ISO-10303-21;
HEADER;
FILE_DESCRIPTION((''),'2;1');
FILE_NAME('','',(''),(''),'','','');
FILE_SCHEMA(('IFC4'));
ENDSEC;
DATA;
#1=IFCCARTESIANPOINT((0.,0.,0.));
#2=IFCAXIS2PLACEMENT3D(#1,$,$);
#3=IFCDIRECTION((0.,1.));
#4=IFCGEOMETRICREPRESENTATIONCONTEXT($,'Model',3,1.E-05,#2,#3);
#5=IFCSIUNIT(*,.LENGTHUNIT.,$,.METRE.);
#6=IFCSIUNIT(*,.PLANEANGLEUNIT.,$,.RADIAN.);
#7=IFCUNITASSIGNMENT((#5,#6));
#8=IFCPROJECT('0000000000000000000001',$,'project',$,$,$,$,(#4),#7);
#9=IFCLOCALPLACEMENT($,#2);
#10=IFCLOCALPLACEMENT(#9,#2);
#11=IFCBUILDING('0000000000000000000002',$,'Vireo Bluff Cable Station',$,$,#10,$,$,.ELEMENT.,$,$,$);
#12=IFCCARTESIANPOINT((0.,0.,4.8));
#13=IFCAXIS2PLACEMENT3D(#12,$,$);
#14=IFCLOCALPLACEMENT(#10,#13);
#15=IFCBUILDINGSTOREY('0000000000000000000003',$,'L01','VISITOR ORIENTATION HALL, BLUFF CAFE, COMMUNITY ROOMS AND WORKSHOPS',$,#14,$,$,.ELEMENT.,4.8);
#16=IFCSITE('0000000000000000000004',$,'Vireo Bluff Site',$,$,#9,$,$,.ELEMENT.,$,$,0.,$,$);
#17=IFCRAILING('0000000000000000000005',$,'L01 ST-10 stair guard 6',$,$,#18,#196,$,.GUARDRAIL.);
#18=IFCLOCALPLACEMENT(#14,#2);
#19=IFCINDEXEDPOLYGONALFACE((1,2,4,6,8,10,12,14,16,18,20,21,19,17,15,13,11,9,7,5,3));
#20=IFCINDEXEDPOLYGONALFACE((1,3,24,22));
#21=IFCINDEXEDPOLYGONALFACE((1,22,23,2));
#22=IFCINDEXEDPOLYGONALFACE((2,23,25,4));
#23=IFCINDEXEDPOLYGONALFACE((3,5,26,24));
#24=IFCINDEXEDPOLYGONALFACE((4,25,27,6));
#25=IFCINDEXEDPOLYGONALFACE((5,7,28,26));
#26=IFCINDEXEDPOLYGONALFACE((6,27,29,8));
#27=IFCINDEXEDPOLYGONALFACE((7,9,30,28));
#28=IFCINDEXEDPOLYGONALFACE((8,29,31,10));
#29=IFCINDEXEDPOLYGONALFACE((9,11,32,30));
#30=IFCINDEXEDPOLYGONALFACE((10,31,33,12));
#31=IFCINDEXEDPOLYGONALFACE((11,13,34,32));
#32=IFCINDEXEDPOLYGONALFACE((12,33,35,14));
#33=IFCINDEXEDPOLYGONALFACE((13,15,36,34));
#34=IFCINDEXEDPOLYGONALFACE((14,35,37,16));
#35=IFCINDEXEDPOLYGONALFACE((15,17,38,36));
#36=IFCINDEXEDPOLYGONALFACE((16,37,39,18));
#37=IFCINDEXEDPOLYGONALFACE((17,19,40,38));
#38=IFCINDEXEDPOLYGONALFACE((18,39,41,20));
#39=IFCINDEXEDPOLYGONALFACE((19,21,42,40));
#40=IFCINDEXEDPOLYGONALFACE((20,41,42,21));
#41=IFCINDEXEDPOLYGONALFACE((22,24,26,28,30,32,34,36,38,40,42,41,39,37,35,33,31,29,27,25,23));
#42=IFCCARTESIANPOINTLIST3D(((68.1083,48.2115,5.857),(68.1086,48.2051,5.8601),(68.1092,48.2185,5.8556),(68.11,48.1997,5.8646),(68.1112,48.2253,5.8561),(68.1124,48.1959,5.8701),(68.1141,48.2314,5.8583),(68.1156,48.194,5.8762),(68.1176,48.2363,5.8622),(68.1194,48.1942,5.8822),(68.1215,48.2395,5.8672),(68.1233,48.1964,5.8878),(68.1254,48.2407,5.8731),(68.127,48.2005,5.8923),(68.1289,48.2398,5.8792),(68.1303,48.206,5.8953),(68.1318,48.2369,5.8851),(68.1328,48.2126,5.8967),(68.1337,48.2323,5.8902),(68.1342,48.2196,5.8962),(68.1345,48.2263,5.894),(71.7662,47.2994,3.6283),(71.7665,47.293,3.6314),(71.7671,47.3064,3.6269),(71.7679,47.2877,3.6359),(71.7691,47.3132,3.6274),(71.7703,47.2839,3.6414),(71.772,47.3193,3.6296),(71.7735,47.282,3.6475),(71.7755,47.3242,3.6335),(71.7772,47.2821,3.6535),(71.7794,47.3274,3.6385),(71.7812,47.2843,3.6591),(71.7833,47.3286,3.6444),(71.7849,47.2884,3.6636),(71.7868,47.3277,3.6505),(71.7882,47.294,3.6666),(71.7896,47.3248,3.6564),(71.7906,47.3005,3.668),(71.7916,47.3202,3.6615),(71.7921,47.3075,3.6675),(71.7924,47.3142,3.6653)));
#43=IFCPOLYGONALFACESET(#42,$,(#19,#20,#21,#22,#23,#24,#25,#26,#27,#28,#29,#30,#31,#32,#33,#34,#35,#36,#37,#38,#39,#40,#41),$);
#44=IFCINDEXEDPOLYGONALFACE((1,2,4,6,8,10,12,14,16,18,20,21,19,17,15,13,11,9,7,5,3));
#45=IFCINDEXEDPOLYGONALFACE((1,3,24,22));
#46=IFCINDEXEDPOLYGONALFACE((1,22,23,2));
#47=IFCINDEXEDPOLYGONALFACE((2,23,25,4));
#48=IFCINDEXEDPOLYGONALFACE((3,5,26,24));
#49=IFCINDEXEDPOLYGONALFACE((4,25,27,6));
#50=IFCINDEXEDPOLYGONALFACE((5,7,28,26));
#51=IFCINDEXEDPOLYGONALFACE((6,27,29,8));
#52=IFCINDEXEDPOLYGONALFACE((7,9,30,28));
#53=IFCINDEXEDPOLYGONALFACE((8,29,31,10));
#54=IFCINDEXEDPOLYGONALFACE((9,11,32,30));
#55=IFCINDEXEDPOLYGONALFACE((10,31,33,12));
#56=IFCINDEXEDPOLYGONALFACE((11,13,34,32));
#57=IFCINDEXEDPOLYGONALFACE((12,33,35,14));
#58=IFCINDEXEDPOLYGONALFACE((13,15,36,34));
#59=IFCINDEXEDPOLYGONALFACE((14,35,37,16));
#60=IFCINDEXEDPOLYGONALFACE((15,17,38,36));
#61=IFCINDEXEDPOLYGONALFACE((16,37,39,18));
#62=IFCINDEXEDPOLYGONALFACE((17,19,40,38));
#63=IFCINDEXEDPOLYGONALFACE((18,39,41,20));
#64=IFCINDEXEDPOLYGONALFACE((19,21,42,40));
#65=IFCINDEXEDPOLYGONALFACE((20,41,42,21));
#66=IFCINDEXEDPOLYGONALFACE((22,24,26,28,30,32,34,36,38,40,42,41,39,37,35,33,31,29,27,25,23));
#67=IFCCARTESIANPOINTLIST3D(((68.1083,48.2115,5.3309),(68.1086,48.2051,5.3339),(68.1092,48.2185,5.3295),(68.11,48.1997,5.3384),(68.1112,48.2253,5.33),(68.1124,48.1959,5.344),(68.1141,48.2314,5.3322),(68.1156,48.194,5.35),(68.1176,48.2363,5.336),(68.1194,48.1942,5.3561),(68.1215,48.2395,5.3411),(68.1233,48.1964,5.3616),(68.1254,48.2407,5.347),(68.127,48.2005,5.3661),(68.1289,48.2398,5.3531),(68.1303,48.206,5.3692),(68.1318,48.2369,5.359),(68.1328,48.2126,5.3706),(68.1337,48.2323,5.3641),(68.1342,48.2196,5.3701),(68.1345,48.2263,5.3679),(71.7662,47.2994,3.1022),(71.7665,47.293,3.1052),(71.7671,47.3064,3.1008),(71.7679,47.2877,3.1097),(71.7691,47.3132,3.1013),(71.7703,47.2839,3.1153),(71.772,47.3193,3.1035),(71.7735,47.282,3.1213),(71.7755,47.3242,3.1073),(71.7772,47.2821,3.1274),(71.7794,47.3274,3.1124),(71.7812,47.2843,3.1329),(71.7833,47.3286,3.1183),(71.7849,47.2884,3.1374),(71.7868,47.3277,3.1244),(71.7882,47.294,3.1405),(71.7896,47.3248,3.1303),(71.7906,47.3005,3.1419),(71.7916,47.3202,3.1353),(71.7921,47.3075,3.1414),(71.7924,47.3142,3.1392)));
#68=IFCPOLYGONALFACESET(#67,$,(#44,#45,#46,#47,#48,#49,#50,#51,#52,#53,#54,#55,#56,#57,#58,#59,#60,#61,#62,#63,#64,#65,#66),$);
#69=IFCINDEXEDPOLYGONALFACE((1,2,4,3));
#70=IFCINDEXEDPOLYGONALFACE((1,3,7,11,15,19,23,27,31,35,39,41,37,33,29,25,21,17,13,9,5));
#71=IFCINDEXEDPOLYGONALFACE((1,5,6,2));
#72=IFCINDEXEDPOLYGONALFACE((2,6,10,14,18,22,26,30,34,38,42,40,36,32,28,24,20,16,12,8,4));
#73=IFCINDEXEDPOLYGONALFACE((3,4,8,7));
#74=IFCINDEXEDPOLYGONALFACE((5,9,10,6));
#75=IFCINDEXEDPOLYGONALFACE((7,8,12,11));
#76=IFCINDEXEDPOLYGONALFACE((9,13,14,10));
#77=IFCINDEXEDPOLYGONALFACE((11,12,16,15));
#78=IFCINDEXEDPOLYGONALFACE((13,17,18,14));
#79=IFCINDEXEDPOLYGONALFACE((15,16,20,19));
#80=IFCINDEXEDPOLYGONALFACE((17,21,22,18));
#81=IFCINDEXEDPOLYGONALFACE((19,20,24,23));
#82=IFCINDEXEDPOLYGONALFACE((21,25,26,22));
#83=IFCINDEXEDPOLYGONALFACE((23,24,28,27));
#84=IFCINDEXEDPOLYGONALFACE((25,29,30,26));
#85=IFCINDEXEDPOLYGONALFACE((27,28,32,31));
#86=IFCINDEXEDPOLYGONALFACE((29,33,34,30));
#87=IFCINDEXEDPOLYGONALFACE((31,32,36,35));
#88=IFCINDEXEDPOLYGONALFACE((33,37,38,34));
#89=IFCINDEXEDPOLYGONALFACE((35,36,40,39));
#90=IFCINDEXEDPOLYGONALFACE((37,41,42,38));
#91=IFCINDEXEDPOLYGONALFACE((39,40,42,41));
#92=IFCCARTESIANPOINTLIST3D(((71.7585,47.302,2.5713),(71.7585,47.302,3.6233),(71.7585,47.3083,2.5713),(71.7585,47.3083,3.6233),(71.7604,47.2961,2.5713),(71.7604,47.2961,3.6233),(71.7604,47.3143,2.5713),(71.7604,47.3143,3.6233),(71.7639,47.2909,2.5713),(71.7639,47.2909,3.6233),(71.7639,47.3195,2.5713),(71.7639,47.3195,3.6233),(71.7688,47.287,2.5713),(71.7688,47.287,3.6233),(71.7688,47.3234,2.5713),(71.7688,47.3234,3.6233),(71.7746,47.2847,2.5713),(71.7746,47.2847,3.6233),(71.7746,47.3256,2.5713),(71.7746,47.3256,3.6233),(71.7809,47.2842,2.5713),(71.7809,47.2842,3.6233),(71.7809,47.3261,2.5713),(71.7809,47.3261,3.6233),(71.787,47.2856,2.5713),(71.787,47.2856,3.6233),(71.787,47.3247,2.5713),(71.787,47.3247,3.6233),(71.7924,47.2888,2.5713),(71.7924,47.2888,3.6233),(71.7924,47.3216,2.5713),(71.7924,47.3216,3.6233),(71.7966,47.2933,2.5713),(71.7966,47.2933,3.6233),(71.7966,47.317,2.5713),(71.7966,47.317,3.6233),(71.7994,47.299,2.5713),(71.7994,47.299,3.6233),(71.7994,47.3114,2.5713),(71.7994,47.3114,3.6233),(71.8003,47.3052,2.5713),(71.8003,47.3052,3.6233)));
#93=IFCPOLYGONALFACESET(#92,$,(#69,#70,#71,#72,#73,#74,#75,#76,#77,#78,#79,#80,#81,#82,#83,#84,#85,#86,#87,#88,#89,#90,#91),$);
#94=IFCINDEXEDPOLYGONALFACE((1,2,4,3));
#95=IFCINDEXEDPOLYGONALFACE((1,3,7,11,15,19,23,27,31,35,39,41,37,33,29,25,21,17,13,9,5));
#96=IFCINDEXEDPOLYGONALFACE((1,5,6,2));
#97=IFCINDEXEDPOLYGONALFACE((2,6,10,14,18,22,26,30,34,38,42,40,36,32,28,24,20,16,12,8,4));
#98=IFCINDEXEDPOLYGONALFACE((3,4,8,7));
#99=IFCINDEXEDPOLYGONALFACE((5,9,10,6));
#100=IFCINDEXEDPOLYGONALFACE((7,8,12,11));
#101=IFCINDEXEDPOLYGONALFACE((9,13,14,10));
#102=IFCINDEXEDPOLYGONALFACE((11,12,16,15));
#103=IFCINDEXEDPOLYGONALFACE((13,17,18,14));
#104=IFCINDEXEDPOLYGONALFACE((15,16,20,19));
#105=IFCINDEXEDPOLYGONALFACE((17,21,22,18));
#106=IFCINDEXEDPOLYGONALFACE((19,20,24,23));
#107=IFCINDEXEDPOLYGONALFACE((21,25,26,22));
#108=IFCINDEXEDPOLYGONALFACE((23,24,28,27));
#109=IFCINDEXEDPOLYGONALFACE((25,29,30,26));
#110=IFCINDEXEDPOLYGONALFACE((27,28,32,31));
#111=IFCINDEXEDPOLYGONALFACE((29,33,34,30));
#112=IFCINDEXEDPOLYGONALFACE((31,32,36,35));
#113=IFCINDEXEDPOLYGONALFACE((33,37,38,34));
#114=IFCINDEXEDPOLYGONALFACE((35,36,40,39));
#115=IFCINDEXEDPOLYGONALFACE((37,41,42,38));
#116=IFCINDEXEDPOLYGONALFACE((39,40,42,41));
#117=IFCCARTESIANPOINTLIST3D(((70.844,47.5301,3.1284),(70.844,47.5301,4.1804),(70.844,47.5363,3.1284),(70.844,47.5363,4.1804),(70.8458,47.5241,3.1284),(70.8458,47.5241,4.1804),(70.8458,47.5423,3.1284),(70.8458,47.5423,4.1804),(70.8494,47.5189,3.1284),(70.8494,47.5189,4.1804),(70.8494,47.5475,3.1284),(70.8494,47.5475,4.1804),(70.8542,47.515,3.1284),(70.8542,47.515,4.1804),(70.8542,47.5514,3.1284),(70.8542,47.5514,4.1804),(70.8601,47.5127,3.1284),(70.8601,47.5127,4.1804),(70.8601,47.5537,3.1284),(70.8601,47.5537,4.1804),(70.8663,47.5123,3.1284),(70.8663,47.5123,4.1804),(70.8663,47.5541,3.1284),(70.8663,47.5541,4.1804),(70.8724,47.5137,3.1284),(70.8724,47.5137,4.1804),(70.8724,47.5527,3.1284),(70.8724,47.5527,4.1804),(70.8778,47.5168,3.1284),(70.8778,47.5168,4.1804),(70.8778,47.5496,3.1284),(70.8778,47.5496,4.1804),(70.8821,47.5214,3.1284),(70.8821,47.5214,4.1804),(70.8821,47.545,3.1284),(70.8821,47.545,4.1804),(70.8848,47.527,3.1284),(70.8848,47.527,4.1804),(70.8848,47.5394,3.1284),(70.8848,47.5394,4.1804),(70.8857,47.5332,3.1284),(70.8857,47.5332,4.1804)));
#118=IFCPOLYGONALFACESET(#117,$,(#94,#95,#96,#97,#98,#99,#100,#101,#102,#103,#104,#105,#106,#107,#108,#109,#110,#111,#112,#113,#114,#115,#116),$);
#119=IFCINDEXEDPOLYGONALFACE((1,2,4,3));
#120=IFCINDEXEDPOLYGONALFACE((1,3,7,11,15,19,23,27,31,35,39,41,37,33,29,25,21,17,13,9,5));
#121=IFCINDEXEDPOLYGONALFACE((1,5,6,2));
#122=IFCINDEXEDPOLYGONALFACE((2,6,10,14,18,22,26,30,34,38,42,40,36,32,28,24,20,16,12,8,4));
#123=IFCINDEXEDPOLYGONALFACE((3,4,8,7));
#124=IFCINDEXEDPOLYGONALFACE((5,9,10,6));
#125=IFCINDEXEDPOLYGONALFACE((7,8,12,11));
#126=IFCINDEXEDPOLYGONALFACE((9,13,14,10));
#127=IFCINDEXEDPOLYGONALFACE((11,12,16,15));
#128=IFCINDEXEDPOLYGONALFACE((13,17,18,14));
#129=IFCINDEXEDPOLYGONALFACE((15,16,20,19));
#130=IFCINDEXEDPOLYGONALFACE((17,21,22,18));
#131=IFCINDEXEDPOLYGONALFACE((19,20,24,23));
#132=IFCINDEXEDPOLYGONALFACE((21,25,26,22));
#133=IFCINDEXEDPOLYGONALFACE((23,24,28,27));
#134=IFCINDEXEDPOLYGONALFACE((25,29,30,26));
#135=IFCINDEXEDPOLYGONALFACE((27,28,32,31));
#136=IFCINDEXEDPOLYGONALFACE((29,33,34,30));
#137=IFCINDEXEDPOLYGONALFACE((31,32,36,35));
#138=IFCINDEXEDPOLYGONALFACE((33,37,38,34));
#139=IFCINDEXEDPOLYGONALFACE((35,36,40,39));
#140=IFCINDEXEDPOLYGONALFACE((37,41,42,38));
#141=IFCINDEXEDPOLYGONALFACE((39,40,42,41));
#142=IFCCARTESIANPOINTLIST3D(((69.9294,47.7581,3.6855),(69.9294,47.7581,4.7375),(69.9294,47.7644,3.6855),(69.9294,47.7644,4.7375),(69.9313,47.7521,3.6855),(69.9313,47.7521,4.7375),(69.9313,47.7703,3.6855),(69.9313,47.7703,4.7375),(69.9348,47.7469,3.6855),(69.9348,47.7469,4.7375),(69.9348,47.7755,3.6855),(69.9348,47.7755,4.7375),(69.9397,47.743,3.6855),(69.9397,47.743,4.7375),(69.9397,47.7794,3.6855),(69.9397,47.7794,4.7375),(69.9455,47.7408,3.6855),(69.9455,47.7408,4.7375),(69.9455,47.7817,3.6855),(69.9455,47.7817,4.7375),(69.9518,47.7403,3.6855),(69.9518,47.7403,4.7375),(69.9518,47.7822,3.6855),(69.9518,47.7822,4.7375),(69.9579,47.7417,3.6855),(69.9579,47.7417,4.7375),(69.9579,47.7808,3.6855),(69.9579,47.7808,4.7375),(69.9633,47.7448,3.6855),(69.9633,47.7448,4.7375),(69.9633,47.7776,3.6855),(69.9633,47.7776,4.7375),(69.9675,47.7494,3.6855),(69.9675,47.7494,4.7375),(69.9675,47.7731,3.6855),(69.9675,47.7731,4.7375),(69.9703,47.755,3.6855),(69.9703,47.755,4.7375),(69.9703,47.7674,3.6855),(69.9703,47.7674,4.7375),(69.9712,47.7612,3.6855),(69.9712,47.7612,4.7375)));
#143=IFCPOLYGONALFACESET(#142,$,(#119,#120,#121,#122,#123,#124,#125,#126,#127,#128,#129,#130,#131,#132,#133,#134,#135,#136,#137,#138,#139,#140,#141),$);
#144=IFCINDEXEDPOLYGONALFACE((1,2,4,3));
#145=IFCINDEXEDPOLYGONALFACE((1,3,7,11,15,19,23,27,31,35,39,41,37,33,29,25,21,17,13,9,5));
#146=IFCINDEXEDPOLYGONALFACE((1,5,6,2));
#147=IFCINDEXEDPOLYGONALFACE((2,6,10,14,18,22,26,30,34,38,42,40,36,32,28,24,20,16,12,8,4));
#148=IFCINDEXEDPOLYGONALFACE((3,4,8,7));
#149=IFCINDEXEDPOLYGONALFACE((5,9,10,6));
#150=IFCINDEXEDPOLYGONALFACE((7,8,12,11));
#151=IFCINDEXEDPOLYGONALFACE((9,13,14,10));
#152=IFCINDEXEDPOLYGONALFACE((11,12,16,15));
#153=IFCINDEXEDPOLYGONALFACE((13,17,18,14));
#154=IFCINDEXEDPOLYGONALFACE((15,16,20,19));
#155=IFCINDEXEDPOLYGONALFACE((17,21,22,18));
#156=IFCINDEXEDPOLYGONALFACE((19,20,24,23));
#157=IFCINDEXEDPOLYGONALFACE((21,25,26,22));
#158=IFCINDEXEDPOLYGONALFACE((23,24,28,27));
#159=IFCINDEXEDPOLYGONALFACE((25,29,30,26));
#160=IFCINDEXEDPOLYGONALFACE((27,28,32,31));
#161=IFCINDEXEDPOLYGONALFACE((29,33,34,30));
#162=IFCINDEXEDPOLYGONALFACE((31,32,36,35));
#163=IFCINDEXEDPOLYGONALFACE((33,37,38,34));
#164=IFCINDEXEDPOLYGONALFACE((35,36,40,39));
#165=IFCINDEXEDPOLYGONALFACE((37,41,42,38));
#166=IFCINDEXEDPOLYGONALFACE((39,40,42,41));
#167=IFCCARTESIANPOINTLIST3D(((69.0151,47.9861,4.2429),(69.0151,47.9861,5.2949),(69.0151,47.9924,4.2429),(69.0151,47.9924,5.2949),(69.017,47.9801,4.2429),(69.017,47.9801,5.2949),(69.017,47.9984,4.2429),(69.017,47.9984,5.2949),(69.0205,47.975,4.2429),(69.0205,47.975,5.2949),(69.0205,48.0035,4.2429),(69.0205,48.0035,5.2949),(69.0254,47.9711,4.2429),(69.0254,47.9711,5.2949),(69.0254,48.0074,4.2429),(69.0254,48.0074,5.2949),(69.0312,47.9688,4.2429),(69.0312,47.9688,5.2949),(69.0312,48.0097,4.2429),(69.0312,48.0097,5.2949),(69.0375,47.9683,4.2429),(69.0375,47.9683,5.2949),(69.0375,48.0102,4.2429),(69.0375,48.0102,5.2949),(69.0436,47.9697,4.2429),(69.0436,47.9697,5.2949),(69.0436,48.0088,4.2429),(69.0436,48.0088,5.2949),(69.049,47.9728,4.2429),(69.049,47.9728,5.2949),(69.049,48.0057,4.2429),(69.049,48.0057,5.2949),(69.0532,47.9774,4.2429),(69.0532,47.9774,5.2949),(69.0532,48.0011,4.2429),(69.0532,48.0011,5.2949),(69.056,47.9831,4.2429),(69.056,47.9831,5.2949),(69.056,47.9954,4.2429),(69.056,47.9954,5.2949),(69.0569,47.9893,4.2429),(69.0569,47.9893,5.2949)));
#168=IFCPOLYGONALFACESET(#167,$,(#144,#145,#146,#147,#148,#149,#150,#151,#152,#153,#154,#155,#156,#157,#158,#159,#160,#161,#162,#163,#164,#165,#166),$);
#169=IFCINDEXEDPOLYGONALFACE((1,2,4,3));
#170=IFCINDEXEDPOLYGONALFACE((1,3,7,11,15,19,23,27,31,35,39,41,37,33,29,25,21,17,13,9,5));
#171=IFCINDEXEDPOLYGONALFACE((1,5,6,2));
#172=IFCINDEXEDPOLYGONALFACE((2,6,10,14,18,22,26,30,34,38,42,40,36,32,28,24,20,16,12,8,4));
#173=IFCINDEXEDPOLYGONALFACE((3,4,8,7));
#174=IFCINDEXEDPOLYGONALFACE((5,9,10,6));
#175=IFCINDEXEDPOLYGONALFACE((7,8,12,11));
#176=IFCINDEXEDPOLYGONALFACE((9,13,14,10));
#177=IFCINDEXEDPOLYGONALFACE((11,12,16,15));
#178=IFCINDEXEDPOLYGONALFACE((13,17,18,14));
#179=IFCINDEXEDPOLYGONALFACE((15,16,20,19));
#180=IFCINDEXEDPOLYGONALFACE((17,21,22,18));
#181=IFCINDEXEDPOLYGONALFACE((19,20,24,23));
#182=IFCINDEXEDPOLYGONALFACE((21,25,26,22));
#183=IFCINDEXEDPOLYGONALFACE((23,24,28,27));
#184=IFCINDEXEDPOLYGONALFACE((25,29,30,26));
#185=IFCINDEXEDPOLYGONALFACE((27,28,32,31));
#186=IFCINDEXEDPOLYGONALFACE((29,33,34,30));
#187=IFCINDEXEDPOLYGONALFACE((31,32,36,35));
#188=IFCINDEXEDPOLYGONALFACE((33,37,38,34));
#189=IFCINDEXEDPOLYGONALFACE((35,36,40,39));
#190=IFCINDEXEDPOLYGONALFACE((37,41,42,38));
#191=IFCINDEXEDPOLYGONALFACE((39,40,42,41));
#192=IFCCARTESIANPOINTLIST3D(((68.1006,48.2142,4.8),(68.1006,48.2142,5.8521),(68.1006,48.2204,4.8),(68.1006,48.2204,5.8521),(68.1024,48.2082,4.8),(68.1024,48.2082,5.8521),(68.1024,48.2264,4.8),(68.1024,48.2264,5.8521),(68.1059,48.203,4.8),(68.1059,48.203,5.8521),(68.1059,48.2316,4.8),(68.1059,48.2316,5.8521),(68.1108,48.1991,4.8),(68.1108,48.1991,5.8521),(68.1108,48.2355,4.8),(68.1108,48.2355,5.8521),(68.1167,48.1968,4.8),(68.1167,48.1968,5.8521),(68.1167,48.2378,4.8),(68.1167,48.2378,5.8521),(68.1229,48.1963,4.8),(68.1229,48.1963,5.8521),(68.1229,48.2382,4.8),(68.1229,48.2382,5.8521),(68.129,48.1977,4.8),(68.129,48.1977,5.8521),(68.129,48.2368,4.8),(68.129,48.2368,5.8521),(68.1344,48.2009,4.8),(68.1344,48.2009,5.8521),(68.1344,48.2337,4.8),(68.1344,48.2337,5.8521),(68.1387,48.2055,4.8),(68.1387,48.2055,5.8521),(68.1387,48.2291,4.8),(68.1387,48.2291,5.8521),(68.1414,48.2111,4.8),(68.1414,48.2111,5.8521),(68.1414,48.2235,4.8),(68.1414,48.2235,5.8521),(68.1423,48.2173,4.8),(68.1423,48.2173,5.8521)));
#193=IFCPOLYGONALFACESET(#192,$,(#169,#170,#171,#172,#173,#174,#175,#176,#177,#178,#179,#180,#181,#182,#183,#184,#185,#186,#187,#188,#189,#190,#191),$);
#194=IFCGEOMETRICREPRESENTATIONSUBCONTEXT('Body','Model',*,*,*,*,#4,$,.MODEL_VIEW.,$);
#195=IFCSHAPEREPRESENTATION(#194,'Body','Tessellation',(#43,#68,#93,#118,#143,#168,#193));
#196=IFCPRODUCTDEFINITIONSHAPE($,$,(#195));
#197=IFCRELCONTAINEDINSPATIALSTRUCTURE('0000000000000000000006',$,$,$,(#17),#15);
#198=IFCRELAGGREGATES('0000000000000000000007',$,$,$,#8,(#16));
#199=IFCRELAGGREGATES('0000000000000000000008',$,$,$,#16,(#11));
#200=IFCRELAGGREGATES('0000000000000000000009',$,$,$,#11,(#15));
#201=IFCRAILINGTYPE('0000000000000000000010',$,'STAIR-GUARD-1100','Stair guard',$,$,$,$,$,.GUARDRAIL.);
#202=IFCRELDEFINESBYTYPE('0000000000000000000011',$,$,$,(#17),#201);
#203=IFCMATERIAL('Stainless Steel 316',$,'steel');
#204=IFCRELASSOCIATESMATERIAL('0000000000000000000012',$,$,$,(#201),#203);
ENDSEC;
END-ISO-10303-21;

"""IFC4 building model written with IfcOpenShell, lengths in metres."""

from ifc_helpers import new_model, si_unit, direction, frame, origin, origin_2d, place, context, subcontext, project, spatial, circle, extrude, material, type_object, element, save


model = new_model("IFC4")

# Units and contexts
model_context = context("Model", 3, precision=1e-05, world=origin(), true_north=direction((0.0, 1.0)))
body_context = subcontext(model_context, "Body", "Model", "MODEL_VIEW")
ifc_project = project(units=[si_unit("LENGTHUNIT", "METRE"), si_unit("PLANEANGLEUNIT", "RADIAN")], contexts=[model_context])

# Site, building, storey
site_placement = place(None, origin())
site = spatial("IfcSite", under=ifc_project, at=site_placement, Name="Vireo Bluff Site", CompositionType="ELEMENT", RefElevation=0.0)
building_placement = place(site_placement, origin())
building = spatial("IfcBuilding", under=site, at=building_placement, Name="Vireo Bluff Cable Station", CompositionType="ELEMENT")
storey_placement = place(building_placement, frame((0.0, 0.0, 4.8)))
storey = spatial("IfcBuildingStorey", under=building, at=storey_placement, Name="L01", Description="VISITOR ORIENTATION HALL, BLUFF CAFE, COMMUNITY ROOMS AND WORKSHOPS", CompositionType="ELEMENT", Elevation=4.8)

# Railing
ifc_material_1 = material(Name="Stainless Steel 316", Category="steel")
railing_type_1 = type_object("IfcRailingType", Name="STAIR-GUARD-1100", Description="Stair guard", PredefinedType="GUARDRAIL", material=ifc_material_1)
railing_1_placement = place(storey_placement, frame((71.7793, 47.3052, 2.5713)))
element("IfcRailing", 1, at=railing_1_placement, inside=storey, type_object=railing_type_1, Name="L01 ST-10 stair guard 6", PredefinedType="GUARDRAIL", context=body_context, shape_type="SweptSolid", body=[
    extrude(circle(Radius=0.0239, at=origin_2d()), frame((0.0, 0.0, 1.0762), z_axis=(-0.835247, 0.208268, 0.508908), x_axis=(-0.241941, -0.970291, 0.0)), (0.0, 0.0, 1.0), 4.3794),
    extrude(circle(Radius=0.0239, at=origin_2d()), frame((0.0, 0.0, 0.55), z_axis=(-0.835247, 0.208268, 0.508908), x_axis=(-0.241941, -0.970291, 0.0)), (0.0, 0.0, 1.0), 4.3794),
    extrude(circle(Radius=0.021, at=origin_2d()), origin(), (0.0, 0.0, 1.0), 1.052),
    extrude(circle(Radius=0.021, at=origin_2d()), frame((-0.9146, 0.228, 0.5571)), (0.0, 0.0, 1.0), 1.052),
    extrude(circle(Radius=0.021, at=origin_2d()), frame((-1.8291, 0.4561, 1.1143)), (0.0, 0.0, 1.0), 1.052),
    extrude(circle(Radius=0.021, at=origin_2d()), frame((-2.7434, 0.6841, 1.6716)), (0.0, 0.0, 1.0), 1.052),
    extrude(circle(Radius=0.021, at=origin_2d()), frame((-3.658, 0.9121, 2.2288)), (0.0, 0.0, 1.0), 1.052),
])

save(model, "model.ifc")
